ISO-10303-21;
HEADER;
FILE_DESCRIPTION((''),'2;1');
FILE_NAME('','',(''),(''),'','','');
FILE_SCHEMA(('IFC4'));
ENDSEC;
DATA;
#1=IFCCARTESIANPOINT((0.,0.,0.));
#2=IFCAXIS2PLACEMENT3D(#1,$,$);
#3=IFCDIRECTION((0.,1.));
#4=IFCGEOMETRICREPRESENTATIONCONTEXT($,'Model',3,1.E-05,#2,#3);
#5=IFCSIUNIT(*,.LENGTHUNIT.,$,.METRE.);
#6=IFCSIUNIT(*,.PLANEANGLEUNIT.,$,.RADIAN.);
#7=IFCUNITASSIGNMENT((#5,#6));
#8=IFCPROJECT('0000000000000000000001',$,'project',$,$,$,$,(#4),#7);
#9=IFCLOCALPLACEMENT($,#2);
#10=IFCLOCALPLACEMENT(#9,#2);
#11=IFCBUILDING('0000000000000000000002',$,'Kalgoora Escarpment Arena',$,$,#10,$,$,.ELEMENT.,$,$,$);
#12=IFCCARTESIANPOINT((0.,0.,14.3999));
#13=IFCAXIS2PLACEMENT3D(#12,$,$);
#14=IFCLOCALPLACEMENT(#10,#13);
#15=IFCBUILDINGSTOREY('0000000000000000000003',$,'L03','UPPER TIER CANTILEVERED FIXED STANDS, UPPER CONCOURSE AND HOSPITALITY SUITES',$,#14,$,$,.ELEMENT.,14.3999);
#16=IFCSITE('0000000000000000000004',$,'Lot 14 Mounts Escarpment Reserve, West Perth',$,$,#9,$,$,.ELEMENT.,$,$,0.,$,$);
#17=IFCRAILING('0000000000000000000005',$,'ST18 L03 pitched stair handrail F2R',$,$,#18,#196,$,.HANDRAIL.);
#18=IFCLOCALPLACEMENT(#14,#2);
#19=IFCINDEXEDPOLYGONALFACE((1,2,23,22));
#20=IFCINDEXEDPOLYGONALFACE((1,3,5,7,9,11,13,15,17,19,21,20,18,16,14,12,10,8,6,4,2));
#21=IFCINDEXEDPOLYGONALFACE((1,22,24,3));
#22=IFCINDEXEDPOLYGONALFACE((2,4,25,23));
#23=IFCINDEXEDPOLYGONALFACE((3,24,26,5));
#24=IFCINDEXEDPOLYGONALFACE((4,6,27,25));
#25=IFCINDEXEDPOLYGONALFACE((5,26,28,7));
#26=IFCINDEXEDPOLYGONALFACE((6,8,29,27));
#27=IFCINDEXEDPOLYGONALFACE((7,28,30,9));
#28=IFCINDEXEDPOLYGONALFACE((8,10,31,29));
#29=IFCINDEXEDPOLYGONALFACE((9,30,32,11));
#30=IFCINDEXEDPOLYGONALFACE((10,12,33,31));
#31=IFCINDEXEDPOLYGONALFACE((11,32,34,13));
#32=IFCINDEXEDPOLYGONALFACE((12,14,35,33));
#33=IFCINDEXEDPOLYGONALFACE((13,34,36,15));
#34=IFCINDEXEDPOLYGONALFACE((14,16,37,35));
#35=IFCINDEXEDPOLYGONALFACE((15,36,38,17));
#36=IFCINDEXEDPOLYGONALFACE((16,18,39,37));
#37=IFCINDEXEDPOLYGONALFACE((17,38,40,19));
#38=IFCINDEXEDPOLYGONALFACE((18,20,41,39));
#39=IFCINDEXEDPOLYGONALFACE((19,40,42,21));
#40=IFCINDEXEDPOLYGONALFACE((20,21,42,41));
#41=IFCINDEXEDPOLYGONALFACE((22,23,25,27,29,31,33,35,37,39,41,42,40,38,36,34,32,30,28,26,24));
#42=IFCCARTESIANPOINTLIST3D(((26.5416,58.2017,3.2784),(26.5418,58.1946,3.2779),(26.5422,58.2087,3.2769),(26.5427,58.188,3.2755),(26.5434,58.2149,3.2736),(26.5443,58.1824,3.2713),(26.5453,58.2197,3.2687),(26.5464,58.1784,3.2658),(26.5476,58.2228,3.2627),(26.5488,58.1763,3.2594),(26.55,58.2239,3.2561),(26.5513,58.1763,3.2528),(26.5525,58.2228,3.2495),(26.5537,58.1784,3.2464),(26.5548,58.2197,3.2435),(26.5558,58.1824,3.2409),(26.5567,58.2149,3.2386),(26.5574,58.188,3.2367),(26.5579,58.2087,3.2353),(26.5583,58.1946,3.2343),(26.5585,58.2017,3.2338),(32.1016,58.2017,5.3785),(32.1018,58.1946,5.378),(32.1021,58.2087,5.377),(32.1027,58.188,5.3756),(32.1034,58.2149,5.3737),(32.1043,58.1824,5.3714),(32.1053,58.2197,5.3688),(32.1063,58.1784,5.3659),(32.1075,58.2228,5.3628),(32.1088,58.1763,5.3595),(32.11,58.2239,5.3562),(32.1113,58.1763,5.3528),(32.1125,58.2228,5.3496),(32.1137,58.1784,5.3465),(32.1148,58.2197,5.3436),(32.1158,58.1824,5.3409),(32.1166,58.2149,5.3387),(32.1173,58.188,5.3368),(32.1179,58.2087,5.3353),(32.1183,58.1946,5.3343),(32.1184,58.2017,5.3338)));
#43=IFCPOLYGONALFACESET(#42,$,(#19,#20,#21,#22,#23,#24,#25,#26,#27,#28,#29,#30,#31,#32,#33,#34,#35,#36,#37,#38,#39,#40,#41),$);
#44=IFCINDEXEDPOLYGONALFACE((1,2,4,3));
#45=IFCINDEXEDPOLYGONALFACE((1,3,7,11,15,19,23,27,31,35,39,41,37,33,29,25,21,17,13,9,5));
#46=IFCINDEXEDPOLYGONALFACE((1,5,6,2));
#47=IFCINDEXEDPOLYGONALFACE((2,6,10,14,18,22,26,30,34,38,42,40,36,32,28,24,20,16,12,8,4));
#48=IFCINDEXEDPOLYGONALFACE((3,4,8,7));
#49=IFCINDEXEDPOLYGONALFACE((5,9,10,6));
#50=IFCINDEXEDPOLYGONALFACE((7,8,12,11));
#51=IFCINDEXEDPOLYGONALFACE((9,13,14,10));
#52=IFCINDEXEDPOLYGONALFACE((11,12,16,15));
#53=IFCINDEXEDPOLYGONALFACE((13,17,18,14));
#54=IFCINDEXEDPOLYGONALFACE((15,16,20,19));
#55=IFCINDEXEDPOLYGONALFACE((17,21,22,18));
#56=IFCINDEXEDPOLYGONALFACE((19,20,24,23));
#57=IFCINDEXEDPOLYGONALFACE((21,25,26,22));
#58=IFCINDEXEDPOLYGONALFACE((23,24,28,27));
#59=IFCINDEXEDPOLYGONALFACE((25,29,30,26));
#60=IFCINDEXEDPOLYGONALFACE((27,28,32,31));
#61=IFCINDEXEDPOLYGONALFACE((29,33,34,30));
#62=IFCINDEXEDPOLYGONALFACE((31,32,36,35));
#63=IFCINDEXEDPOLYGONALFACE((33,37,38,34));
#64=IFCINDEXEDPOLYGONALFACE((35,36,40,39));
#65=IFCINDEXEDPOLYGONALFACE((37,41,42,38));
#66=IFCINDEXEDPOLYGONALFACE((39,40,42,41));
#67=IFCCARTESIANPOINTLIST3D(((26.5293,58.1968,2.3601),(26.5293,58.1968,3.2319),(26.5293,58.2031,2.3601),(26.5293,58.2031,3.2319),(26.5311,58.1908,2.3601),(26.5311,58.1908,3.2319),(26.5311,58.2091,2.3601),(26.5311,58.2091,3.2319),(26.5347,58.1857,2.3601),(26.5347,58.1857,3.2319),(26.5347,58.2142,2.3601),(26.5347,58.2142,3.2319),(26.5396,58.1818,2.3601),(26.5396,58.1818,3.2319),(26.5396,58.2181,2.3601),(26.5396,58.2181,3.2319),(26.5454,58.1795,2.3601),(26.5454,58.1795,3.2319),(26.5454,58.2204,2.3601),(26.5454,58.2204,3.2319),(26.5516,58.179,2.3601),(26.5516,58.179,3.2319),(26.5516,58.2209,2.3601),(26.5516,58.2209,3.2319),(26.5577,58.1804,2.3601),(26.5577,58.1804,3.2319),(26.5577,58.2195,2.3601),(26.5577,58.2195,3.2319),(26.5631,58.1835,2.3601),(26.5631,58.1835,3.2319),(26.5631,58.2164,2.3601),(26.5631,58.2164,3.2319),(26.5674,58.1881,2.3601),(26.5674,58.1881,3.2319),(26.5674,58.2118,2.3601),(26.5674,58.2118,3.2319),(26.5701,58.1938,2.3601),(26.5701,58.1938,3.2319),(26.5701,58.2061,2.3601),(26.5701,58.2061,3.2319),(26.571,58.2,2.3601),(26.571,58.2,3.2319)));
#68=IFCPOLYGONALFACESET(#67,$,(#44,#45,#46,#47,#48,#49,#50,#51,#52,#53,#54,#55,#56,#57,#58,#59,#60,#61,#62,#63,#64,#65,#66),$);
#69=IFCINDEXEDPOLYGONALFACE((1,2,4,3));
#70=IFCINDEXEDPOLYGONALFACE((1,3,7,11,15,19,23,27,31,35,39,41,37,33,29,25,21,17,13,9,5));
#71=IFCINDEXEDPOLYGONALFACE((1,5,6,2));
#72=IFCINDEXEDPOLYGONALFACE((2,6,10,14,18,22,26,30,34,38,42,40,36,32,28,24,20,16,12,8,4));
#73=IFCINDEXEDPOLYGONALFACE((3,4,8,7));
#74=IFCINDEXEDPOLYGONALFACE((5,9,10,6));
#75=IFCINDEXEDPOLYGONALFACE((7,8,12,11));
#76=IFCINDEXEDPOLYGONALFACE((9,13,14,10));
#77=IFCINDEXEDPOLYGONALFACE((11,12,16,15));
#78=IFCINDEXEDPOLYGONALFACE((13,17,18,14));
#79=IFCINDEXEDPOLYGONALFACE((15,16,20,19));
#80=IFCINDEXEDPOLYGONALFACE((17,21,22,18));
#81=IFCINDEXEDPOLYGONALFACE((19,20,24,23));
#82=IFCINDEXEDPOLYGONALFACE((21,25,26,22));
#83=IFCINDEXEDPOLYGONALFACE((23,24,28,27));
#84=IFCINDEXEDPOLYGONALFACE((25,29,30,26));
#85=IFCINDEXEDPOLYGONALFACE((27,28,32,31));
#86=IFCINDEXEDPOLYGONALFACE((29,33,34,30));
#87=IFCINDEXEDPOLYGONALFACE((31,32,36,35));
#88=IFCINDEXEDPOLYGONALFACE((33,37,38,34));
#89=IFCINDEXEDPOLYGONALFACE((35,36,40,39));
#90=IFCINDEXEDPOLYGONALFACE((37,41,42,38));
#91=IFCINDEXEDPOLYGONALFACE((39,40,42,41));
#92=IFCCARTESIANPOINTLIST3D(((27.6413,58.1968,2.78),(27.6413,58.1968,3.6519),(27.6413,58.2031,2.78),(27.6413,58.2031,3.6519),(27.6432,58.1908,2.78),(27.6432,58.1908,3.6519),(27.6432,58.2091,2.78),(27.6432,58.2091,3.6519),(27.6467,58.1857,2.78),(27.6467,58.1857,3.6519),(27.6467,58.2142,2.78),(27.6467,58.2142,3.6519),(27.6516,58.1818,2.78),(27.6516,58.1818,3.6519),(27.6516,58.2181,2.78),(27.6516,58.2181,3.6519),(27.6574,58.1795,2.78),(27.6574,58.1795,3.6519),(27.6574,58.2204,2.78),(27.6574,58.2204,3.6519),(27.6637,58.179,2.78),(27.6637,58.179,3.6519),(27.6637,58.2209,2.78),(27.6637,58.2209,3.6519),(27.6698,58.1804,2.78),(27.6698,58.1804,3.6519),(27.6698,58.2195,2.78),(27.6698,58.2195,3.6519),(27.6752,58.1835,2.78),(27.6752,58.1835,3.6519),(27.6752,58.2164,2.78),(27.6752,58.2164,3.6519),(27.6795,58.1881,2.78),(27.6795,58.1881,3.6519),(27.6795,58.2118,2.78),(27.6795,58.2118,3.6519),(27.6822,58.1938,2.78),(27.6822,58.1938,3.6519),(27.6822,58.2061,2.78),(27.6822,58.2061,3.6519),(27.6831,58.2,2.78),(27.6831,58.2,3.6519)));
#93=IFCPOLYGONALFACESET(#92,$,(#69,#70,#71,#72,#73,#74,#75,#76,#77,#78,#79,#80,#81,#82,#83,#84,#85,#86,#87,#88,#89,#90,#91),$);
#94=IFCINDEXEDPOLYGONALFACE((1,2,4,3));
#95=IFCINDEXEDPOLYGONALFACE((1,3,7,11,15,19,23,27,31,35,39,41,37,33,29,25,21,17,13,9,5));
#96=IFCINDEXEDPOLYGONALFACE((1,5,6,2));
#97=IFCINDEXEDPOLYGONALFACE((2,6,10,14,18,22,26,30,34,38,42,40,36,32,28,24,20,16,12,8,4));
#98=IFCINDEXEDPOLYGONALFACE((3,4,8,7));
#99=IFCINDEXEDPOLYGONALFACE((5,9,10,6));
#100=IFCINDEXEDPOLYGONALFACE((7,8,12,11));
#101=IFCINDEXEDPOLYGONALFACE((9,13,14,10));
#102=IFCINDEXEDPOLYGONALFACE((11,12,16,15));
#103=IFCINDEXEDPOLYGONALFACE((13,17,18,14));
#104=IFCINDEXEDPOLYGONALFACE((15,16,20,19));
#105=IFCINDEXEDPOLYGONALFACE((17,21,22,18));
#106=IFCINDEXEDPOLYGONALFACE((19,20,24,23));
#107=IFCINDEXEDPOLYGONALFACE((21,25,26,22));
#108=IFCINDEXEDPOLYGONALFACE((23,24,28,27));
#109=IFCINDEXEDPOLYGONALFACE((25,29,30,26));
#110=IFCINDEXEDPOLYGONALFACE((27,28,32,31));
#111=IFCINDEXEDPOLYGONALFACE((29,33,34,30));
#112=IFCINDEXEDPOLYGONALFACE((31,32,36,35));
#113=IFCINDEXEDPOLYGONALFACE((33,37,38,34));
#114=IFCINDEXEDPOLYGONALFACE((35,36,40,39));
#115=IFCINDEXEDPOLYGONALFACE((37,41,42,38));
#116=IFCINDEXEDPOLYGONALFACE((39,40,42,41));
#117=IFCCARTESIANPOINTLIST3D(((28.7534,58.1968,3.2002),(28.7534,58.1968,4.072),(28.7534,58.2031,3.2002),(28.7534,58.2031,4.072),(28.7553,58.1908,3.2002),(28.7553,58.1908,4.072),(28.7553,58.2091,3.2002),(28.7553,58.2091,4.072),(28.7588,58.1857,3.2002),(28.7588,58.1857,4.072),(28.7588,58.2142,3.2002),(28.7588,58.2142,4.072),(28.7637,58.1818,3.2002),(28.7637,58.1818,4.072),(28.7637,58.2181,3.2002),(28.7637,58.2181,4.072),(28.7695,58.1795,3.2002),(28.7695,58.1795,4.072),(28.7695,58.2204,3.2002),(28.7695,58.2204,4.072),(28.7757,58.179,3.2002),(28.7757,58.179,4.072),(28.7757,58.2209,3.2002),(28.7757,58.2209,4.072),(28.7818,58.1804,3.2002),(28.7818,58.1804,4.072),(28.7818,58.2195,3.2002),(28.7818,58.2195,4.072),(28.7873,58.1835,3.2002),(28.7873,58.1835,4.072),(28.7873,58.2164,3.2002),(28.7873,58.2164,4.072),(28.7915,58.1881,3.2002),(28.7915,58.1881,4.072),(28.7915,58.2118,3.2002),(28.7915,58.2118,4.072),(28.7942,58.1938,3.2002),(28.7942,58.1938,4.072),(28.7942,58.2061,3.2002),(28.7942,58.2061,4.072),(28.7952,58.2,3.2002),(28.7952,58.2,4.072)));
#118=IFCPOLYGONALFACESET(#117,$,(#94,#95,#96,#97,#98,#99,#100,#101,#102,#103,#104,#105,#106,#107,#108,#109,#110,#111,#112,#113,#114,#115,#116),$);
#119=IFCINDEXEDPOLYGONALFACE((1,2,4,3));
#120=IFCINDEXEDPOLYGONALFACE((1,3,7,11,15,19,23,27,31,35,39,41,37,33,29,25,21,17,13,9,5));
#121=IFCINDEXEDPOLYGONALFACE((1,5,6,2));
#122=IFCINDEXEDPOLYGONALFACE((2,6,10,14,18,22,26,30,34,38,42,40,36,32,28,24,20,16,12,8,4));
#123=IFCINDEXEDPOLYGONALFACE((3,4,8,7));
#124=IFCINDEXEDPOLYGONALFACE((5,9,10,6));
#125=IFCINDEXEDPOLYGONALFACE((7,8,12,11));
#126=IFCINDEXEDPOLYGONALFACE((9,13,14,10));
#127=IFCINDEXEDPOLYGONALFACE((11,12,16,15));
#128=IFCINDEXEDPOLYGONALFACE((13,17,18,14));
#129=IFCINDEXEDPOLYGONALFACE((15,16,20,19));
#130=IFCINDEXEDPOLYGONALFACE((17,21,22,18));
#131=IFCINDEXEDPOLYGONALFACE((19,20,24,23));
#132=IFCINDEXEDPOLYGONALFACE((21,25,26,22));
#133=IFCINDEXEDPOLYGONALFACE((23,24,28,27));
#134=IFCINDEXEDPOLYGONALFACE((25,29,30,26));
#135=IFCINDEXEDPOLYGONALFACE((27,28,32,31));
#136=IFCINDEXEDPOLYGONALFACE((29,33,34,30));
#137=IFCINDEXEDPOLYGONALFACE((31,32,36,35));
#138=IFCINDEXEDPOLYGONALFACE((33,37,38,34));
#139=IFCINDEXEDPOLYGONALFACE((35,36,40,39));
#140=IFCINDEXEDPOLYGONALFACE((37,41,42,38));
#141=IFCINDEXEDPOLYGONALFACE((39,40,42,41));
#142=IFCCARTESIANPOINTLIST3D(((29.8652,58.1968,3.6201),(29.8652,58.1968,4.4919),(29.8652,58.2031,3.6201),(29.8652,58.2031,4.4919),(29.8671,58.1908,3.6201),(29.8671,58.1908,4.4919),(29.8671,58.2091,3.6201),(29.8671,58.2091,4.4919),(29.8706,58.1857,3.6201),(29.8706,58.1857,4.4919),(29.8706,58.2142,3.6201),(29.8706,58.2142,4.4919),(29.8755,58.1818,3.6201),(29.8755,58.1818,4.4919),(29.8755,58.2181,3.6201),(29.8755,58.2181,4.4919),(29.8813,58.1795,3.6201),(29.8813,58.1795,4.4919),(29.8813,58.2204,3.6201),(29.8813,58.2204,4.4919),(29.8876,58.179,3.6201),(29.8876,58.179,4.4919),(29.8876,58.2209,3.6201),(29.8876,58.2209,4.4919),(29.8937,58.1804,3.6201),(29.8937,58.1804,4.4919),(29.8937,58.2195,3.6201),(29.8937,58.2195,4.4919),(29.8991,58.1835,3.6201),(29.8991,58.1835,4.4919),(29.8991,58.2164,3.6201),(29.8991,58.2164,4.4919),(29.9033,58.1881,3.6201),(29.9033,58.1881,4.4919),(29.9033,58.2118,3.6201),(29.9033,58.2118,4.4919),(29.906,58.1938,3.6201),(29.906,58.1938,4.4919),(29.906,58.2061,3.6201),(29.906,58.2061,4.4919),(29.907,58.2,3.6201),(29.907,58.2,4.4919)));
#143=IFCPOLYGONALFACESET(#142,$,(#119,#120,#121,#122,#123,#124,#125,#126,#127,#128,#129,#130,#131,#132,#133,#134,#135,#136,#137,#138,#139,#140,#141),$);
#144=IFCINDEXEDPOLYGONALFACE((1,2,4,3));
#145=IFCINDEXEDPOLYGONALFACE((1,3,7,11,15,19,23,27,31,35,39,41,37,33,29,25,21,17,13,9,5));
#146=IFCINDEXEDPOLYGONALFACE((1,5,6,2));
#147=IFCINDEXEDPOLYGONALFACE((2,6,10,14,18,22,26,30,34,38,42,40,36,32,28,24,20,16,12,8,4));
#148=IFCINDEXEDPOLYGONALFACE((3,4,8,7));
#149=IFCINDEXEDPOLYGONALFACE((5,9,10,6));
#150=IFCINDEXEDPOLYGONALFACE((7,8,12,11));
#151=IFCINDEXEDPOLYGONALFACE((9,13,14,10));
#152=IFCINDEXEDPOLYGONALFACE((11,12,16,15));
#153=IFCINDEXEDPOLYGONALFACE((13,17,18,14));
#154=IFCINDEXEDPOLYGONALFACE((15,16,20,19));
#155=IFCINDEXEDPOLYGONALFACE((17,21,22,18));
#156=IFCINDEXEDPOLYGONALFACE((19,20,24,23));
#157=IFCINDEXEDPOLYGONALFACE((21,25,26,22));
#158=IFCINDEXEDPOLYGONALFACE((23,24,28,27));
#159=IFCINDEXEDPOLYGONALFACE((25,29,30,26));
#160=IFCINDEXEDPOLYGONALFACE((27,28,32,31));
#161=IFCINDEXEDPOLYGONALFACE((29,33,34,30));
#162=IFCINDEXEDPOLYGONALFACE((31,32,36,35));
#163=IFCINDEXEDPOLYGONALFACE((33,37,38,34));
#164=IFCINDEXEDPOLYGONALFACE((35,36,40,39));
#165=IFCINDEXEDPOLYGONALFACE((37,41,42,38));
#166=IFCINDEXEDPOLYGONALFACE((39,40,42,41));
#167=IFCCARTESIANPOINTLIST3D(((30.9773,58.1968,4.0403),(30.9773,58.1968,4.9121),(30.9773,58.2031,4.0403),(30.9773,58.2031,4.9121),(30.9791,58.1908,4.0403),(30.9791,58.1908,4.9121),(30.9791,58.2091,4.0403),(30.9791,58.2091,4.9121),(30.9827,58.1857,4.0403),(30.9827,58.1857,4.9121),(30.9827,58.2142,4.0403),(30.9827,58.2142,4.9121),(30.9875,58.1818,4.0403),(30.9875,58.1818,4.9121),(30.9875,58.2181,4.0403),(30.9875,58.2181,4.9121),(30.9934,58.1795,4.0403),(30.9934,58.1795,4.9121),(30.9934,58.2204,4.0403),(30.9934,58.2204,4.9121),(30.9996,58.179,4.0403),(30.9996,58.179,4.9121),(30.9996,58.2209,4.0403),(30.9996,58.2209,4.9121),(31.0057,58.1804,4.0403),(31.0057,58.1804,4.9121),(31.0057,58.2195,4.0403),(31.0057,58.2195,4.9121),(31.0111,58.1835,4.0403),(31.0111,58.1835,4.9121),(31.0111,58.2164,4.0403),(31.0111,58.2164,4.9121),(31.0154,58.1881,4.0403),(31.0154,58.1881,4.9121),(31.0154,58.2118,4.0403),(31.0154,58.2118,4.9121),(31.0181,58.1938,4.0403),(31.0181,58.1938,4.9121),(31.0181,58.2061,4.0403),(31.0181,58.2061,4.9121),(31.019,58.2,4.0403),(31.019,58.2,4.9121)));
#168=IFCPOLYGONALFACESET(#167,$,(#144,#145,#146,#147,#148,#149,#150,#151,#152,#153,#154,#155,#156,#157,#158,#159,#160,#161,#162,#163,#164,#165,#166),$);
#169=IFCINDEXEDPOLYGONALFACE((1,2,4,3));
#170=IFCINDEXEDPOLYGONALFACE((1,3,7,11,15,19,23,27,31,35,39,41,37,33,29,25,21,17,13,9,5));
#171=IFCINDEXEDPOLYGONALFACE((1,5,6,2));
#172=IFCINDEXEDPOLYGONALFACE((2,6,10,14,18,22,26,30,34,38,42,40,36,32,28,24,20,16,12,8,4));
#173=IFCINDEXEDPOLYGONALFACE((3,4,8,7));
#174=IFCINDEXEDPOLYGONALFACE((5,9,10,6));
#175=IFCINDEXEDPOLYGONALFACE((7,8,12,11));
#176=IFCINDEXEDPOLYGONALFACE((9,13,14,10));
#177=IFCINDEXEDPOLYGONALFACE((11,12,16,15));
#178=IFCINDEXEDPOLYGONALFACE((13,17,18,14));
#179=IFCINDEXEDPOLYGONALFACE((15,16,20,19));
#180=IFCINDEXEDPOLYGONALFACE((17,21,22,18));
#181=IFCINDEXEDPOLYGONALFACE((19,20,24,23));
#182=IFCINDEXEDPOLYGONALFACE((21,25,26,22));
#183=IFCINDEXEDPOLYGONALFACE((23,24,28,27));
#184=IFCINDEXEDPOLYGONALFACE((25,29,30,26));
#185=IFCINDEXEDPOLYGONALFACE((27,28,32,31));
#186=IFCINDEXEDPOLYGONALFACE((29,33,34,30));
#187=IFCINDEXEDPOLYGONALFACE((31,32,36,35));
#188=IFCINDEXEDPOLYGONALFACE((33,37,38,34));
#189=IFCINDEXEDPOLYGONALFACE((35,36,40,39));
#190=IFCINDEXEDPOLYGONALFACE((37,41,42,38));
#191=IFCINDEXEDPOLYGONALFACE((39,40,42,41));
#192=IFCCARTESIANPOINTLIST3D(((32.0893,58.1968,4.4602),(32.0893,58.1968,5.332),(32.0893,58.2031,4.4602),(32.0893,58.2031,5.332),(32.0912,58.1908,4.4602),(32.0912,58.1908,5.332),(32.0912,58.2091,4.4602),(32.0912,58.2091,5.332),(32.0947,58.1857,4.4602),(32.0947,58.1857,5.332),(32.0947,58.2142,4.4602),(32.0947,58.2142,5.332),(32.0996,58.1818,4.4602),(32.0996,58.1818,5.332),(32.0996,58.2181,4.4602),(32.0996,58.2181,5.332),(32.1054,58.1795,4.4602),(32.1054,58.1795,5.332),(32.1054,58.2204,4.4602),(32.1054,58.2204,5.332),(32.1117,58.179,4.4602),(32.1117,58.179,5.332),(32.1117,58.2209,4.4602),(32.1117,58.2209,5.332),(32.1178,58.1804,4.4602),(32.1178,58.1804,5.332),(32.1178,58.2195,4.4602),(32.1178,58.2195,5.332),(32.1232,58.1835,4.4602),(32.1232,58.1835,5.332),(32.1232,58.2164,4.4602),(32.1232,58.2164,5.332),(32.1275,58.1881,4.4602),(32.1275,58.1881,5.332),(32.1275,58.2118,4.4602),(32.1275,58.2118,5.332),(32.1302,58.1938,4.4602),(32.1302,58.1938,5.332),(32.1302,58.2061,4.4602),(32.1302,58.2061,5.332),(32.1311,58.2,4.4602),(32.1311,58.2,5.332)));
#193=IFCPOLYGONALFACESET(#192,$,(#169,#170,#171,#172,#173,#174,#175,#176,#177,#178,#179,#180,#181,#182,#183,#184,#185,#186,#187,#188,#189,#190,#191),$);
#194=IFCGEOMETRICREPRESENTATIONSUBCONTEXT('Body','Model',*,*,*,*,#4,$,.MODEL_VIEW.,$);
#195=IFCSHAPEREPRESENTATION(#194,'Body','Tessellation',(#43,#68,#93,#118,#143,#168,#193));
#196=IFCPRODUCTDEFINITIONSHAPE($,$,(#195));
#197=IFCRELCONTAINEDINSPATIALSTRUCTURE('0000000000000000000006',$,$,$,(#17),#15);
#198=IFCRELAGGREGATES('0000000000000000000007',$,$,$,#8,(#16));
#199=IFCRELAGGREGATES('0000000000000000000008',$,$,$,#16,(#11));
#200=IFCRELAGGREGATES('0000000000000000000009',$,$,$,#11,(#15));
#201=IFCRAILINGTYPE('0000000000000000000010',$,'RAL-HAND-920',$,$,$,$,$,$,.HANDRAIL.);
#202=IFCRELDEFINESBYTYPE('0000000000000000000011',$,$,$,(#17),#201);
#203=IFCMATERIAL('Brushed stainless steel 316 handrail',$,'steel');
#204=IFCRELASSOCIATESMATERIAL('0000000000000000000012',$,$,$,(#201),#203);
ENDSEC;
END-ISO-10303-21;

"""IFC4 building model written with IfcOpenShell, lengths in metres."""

from ifc_helpers import new_model, si_unit, direction, frame, origin, origin_2d, place, context, subcontext, project, spatial, circle, extrude, material, type_object, element, save


model = new_model("IFC4")

# Units and contexts
model_context = context("Model", 3, precision=1e-05, world=origin(), true_north=direction((0.0, 1.0)))
body_context = subcontext(model_context, "Body", "Model", "MODEL_VIEW")
ifc_project = project(units=[si_unit("LENGTHUNIT", "METRE"), si_unit("PLANEANGLEUNIT", "RADIAN")], contexts=[model_context])

# Site, building, storey
site_placement = place(None, origin())
site = spatial("IfcSite", under=ifc_project, at=site_placement, Name="Lot 14 Mounts Escarpment Reserve, West Perth", CompositionType="ELEMENT", RefElevation=0.0)
building_placement = place(site_placement, origin())
building = spatial("IfcBuilding", under=site, at=building_placement, Name="Kalgoora Escarpment Arena", CompositionType="ELEMENT")
storey_placement = place(building_placement, frame((0.0, 0.0, 14.3999)))
storey = spatial("IfcBuildingStorey", under=building, at=storey_placement, Name="L03", Description="UPPER TIER CANTILEVERED FIXED STANDS, UPPER CONCOURSE AND HOSPITALITY SUITES", CompositionType="ELEMENT", Elevation=14.3999)

# Railing
ifc_material_1 = material(Name="Brushed stainless steel 316 handrail", Category="steel")
railing_type_1 = type_object("IfcRailingType", Name="RAL-HAND-920", PredefinedType="HANDRAIL", material=ifc_material_1)
for number, where, name in (
    (1, (26.55, 58.2, 2.3601), "ST18 L03 pitched stair handrail F2R"),
):
    element("IfcRailing", number, at=place(storey_placement, frame(where)), inside=storey, type_object=railing_type_1, Name=name, PredefinedType="HANDRAIL", context=body_context, shape_type="SweptSolid", body=[
        extrude(circle(Radius=0.0239, at=origin_2d()), frame((0.0, 0.0, 0.896), z_axis=(0.935493, 0.0, 0.353346), x_axis=(0.0, 1.0, 0.0)), (0.0, 0.0, 1.0), 5.9434),
        extrude(circle(Radius=0.021, at=origin_2d()), origin(), (0.0, 0.0, 1.0), 0.8718),
        extrude(circle(Radius=0.021, at=origin_2d()), frame((1.1121, 0.0, 0.4199)), (0.0, 0.0, 1.0), 0.8718),
        extrude(circle(Radius=0.021, at=origin_2d()), frame((2.2241, 0.0, 0.8401)), (0.0, 0.0, 1.0), 0.8718),
        extrude(circle(Radius=0.021, at=origin_2d()), frame((3.3359, 0.0, 1.26)), (0.0, 0.0, 1.0), 0.8718),
        extrude(circle(Radius=0.021, at=origin_2d()), frame((4.448, 0.0, 1.6802)), (0.0, 0.0, 1.0), 0.8718),
        extrude(circle(Radius=0.021, at=origin_2d()), frame((5.5601, 0.0, 2.1001)), (0.0, 0.0, 1.0), 0.8718),
    ])

save(model, "model.ifc")
